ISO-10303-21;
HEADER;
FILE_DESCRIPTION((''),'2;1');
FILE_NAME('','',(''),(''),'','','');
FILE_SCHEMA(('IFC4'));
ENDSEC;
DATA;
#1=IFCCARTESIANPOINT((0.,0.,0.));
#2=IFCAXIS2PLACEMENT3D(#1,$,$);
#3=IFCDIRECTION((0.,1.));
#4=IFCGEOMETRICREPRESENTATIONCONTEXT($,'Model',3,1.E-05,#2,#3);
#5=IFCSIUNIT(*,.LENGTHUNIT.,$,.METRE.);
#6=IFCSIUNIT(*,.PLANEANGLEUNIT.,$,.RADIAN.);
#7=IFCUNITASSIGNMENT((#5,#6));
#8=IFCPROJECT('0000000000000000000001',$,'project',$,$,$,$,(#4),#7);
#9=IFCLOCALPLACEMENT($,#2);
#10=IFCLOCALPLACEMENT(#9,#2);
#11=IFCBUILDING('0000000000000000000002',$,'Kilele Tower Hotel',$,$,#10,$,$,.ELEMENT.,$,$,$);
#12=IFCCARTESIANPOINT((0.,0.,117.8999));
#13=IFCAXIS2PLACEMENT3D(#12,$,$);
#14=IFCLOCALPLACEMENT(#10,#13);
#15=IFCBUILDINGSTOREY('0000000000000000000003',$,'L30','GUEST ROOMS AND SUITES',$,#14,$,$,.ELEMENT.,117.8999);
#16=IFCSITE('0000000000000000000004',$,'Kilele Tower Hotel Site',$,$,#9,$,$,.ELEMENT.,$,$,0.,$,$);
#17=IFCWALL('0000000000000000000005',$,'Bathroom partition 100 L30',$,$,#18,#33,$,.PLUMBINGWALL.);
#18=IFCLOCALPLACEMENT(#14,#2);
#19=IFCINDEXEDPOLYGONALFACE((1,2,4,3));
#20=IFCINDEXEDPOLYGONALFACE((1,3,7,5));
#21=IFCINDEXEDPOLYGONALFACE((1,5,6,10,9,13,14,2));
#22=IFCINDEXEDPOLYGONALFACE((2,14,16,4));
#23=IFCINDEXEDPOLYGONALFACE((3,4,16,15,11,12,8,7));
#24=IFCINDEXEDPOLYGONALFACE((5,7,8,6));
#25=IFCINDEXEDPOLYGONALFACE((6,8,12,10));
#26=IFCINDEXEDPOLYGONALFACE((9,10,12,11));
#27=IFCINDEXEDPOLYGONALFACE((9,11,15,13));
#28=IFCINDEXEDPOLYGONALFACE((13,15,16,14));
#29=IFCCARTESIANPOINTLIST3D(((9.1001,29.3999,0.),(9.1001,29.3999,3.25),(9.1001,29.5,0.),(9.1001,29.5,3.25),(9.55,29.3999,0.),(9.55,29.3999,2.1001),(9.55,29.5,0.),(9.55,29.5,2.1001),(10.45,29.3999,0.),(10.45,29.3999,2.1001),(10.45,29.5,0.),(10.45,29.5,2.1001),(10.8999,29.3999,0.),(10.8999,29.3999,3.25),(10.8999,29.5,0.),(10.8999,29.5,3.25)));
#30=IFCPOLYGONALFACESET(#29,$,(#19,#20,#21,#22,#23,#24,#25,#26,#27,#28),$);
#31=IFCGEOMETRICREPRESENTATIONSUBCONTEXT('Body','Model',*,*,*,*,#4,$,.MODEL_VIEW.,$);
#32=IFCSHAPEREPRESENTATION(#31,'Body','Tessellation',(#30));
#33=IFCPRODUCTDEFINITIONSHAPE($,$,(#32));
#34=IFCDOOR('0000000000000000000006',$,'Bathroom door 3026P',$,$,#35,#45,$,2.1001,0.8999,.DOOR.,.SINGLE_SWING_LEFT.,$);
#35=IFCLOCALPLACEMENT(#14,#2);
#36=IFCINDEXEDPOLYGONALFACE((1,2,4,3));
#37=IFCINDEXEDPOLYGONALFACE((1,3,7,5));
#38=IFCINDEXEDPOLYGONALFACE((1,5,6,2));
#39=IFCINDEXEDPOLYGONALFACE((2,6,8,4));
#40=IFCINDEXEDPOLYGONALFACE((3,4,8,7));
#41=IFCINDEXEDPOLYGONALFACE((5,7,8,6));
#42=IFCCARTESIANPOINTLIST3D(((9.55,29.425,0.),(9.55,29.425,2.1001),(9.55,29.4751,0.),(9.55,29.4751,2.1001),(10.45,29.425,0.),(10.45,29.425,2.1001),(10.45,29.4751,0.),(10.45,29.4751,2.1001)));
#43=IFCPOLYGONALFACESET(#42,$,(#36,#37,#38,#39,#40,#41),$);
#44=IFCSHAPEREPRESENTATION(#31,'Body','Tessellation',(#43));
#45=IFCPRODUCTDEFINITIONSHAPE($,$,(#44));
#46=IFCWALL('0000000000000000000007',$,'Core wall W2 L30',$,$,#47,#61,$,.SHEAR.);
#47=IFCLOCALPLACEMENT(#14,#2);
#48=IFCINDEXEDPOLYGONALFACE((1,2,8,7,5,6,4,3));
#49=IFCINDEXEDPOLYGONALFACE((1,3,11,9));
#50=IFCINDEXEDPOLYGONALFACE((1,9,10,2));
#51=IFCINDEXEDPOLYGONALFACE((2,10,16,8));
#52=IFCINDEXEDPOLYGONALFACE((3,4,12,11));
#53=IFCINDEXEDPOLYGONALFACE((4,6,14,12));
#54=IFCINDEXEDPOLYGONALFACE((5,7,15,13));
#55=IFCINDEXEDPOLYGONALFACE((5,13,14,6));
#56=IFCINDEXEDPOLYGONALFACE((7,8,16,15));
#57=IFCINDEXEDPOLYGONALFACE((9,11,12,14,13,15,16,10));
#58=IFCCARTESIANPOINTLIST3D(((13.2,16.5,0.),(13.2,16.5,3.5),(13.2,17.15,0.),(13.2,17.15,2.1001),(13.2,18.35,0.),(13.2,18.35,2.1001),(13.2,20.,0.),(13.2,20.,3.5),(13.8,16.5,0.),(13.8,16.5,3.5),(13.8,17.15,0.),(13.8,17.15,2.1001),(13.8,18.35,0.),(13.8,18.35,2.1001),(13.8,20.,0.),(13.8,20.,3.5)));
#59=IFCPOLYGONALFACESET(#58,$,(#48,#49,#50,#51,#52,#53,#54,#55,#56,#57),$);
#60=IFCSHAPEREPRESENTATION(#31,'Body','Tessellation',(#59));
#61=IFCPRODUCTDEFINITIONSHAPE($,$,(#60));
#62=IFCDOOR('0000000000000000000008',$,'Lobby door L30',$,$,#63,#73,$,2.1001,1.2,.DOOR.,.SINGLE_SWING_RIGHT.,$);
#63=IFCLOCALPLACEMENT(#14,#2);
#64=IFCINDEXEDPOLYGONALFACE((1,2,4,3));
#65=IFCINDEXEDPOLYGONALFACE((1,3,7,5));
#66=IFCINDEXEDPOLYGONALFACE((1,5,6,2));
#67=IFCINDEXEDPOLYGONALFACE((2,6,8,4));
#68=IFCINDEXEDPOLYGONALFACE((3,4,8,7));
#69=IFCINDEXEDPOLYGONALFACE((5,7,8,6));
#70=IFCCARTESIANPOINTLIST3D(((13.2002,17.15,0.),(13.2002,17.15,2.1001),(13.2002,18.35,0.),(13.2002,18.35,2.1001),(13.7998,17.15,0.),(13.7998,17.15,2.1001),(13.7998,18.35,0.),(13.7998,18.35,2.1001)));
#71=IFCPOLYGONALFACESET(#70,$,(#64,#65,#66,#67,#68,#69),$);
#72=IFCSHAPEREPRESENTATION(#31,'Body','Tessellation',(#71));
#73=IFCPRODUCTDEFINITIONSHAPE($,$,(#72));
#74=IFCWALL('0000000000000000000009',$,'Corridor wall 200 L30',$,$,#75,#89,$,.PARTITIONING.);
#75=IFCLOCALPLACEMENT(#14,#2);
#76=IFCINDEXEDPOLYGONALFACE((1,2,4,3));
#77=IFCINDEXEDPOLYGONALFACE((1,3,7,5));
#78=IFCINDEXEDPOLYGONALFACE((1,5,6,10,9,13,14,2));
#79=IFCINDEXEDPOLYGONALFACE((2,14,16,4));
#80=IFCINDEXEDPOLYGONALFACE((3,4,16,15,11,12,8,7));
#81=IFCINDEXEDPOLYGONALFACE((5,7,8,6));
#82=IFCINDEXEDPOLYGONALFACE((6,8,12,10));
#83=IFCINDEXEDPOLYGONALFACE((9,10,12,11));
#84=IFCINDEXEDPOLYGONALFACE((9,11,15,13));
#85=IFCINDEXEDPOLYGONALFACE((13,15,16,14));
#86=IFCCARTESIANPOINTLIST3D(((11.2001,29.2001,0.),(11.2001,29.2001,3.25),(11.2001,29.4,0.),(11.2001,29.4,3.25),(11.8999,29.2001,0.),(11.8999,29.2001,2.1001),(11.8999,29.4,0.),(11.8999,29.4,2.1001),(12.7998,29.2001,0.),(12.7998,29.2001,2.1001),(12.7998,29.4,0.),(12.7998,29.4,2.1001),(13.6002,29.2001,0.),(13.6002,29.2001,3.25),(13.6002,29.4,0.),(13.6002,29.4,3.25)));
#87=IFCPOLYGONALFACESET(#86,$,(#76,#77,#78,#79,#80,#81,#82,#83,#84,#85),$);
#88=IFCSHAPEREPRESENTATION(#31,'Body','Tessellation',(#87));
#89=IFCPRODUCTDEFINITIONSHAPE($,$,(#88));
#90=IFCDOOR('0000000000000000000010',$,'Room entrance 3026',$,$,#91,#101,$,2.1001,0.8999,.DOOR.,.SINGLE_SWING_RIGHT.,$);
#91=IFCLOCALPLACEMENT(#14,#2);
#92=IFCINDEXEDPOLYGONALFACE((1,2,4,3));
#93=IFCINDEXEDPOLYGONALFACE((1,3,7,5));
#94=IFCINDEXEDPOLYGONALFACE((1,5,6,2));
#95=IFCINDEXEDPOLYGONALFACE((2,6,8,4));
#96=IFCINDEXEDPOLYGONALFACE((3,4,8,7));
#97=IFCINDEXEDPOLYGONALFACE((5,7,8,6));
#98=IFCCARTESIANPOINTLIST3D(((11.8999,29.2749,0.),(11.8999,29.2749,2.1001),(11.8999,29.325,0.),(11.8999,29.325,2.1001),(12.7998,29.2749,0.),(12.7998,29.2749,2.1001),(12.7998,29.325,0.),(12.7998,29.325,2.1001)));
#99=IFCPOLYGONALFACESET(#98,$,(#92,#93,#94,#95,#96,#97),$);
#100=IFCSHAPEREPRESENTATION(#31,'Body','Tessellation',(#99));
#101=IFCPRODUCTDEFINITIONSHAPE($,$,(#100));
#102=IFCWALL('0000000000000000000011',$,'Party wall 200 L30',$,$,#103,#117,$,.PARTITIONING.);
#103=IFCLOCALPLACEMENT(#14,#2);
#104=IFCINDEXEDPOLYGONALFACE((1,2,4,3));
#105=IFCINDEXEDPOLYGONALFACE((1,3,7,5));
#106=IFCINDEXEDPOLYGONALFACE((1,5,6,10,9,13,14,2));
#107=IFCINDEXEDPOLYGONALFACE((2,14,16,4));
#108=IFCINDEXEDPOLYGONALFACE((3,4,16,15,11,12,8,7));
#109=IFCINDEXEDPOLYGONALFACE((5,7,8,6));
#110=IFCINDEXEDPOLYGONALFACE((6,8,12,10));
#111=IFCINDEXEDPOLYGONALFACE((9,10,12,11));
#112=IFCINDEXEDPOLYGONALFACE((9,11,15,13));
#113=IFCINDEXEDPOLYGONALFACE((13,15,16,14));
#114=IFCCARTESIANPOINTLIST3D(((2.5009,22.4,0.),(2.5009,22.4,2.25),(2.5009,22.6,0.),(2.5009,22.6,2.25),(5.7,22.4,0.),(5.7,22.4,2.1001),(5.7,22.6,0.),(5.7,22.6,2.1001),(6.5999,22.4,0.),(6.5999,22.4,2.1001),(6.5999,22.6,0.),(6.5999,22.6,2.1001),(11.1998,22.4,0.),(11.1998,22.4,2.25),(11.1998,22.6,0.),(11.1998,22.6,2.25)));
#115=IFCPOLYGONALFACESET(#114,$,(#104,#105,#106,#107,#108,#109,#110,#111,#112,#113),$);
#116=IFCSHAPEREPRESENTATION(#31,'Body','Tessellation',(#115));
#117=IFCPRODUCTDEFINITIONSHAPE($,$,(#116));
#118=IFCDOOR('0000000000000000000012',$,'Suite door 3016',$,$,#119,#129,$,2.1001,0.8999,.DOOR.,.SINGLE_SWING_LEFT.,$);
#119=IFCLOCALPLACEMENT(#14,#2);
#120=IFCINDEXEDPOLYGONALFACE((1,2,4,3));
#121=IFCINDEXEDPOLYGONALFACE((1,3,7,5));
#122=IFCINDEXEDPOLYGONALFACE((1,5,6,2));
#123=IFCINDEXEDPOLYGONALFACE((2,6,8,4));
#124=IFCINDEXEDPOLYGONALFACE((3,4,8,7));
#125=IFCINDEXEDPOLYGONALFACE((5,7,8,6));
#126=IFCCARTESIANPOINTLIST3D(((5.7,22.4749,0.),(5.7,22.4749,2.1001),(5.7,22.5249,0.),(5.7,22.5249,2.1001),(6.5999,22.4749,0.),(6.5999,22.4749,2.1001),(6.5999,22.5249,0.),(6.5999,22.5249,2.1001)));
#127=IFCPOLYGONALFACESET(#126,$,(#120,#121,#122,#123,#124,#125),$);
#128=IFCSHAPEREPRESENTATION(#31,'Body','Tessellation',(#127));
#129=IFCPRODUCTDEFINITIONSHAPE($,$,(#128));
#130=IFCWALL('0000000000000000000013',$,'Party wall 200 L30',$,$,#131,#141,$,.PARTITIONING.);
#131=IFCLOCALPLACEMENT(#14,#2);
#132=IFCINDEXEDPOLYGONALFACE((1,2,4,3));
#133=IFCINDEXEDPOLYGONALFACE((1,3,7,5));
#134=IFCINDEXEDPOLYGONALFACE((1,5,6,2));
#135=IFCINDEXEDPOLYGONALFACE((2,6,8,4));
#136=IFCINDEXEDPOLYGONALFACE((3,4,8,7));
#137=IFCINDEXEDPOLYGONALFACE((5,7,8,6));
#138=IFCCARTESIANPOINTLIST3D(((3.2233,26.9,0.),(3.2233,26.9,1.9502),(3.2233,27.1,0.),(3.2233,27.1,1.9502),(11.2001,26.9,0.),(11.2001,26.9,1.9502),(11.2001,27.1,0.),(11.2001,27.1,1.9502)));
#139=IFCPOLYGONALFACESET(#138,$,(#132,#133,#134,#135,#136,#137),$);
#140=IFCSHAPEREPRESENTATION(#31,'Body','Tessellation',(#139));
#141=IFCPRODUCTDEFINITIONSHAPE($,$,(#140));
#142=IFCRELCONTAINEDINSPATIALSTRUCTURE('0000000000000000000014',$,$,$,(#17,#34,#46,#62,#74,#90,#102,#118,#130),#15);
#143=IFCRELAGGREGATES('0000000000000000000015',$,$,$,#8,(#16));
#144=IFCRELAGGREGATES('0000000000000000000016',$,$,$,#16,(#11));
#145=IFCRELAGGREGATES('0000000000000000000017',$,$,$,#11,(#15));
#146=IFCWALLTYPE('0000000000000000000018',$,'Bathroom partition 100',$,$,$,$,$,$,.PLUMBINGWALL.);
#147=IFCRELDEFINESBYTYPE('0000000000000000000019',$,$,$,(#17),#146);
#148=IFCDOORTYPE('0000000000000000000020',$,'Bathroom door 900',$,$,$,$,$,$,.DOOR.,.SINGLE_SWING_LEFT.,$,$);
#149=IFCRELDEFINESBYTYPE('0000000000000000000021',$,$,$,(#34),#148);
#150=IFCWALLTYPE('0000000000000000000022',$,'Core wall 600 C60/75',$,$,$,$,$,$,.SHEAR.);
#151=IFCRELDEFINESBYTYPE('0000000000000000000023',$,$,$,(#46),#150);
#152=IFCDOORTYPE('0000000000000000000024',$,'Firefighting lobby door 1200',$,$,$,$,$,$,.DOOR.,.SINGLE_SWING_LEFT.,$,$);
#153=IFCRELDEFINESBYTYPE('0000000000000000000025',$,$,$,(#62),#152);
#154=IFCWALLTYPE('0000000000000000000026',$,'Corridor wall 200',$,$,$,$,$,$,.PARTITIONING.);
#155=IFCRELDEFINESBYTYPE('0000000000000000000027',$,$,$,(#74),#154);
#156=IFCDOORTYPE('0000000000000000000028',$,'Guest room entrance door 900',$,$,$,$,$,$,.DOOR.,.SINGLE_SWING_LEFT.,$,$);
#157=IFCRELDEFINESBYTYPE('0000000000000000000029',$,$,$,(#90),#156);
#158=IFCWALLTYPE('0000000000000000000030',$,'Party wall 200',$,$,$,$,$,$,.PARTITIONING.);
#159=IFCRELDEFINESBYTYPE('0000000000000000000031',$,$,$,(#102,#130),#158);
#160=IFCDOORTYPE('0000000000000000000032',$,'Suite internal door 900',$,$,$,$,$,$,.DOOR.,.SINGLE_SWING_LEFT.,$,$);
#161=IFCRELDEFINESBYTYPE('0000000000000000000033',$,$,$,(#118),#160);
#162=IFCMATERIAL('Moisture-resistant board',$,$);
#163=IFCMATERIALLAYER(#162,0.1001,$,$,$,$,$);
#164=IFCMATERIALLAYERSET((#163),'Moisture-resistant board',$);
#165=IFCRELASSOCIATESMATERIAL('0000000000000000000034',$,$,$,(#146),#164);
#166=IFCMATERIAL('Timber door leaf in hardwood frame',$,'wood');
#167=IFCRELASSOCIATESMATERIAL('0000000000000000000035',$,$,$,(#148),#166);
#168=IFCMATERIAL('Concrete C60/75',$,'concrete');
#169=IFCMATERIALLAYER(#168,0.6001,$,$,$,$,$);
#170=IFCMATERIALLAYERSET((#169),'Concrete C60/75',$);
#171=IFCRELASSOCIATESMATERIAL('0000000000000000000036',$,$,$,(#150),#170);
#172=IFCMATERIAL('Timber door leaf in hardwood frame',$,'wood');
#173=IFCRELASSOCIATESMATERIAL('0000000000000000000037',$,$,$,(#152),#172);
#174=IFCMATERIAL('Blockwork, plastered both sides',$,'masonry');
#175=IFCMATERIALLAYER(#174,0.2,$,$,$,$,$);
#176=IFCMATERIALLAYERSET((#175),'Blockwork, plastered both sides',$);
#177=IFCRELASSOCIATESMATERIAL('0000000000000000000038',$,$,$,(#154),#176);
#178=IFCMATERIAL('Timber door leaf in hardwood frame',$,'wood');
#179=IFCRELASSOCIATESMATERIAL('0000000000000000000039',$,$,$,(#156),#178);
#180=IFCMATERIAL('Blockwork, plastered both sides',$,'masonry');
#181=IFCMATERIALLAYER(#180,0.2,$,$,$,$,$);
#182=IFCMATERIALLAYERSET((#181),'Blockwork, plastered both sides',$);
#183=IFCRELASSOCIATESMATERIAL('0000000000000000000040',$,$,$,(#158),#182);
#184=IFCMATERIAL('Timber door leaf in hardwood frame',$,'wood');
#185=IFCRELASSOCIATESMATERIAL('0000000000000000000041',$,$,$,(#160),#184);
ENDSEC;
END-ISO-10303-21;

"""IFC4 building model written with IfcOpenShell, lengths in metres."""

from ifc_helpers import new_model, si_unit, direction, frame, frame_2d, origin, place, context, subcontext, project, spatial, rectangle, extrude, material, layer, layer_set, type_object, element, fill, save


model = new_model("IFC4")

# Units and contexts
model_context = context("Model", 3, precision=1e-05, world=origin(), true_north=direction((0.0, 1.0)))
body_context = subcontext(model_context, "Body", "Model", "MODEL_VIEW")
ifc_project = project(units=[si_unit("LENGTHUNIT", "METRE"), si_unit("PLANEANGLEUNIT", "RADIAN")], contexts=[model_context])

# Site, building, storey
site_placement = place(None, origin())
site = spatial("IfcSite", under=ifc_project, at=site_placement, Name="Kilele Tower Hotel Site", CompositionType="ELEMENT", RefElevation=0.0)
building_placement = place(site_placement, origin())
building = spatial("IfcBuilding", under=site, at=building_placement, Name="Kilele Tower Hotel", CompositionType="ELEMENT")
storey_placement = place(building_placement, frame((0.0, 0.0, 117.8999)))
storey = spatial("IfcBuildingStorey", under=building, at=storey_placement, Name="L30", Description="GUEST ROOMS AND SUITES", CompositionType="ELEMENT", Elevation=117.8999)

# Shared definitions
ifc_material_1 = material(Name="Moisture-resistant board")
ifc_layer_1 = layer(ifc_material_1, 0.1001)
ifc_layer_set_1 = layer_set([ifc_layer_1], Name="Moisture-resistant board")
wall_type_1 = type_object("IfcWallType", Name="Bathroom partition 100", PredefinedType="PLUMBINGWALL", material=ifc_layer_set_1)
ifc_material_2 = material(Name="Timber door leaf in hardwood frame", Category="wood")
door_type_1 = type_object("IfcDoorType", Name="Bathroom door 900", OperationType="SINGLE_SWING_LEFT", PredefinedType="DOOR", material=ifc_material_2)

# Walls, openings, doors
wall_1_placement = place(storey_placement, frame((10.8999, 29.45, 0.0), z_axis=(0.0, 0.0, 1.0), x_axis=(-1.0, 0.0, 0.0)))
wall_1 = element("IfcWall", 1, at=wall_1_placement, inside=storey, type_object=wall_type_1, Name="Bathroom partition 100 L30", PredefinedType="PLUMBINGWALL", context=body_context, shape_type="SweptSolid", body=[
    extrude(rectangle(XDim=1.7998, YDim=0.1001, at=frame_2d((0.8999, 0.0))), origin(), (0.0, 0.0, 1.0), 3.25),
])
opening_1_placement = place(wall_1_placement, frame((0.45, 0.0, 0.0)))
opening_1 = element("IfcOpeningElement", 2, at=opening_1_placement, cuts=wall_1, PredefinedType="OPENING", context=body_context, shape_type="SweptSolid", body=[
    extrude(rectangle(XDim=0.8999, YDim=2.1001, at=frame_2d((0.45, 1.05))), frame((0.0, 0.0601, 0.0), z_axis=(0.0, -1.0, 0.0), x_axis=(1.0, 0.0, 0.0)), (0.0, 0.0, 1.0), 0.1201),
])
door_1_placement = place(opening_1_placement, origin())
door_1 = element("IfcDoor", 3, at=door_1_placement, inside=storey, type_object=door_type_1, Name="Bathroom door 3026P", OperationType="SINGLE_SWING_LEFT", OverallHeight=2.1001, OverallWidth=0.8999, PredefinedType="DOOR", context=body_context, shape_type="SweptSolid", body=[
    extrude(rectangle(XDim=0.8999, YDim=2.1001, at=frame_2d((0.45, 1.05))), frame((0.0, 0.0249, 0.0), z_axis=(0.0, -1.0, 0.0), x_axis=(1.0, 0.0, 0.0)), (0.0, 0.0, 1.0), 0.05),
])
fill(opening_1, door_1)
ifc_material_3 = material(Name="Concrete C60/75", Category="concrete")
ifc_layer_2 = layer(ifc_material_3, 0.6001)
ifc_layer_set_2 = layer_set([ifc_layer_2], Name="Concrete C60/75")
wall_type_2 = type_object("IfcWallType", Name="Core wall 600 C60/75", PredefinedType="SHEAR", material=ifc_layer_set_2)
wall_2_placement = place(storey_placement, frame((13.5, 20.0, 0.0), z_axis=(0.0, 0.0, 1.0), x_axis=(0.0, -1.0, 0.0)))
wall_2 = element("IfcWall", 4, at=wall_2_placement, inside=storey, type_object=wall_type_2, Name="Core wall W2 L30", PredefinedType="SHEAR", context=body_context, shape_type="SweptSolid", body=[
    extrude(rectangle(XDim=3.5, YDim=0.6001, at=frame_2d((1.75, 0.0))), origin(), (0.0, 0.0, 1.0), 3.5),
])
opening_2_placement = place(wall_2_placement, frame((1.6499, 0.0, 0.0)))
opening_2 = element("IfcOpeningElement", 5, at=opening_2_placement, cuts=wall_2, PredefinedType="OPENING", context=body_context, shape_type="SweptSolid", body=[
    extrude(rectangle(XDim=1.2, YDim=2.1001, at=frame_2d((0.6001, 1.05))), frame((0.0, 0.3101, 0.0), z_axis=(0.0, -1.0, 0.0), x_axis=(1.0, 0.0, 0.0)), (0.0, 0.0, 1.0), 0.6201),
])
ifc_material_4 = material(Name="Timber door leaf in hardwood frame", Category="wood")
door_type_2 = type_object("IfcDoorType", Name="Firefighting lobby door 1200", OperationType="SINGLE_SWING_LEFT", PredefinedType="DOOR", material=ifc_material_4)
door_2_placement = place(opening_2_placement, origin())
door_2 = element("IfcDoor", 6, at=door_2_placement, inside=storey, type_object=door_type_2, Name="Lobby door L30", OperationType="SINGLE_SWING_RIGHT", OverallHeight=2.1001, OverallWidth=1.2, PredefinedType="DOOR", context=body_context, shape_type="SweptSolid", body=[
    extrude(rectangle(XDim=1.2, YDim=2.1001, at=frame_2d((0.6001, 1.05))), frame((0.0, 0.2998, 0.0), z_axis=(0.0, -1.0, 0.0), x_axis=(1.0, 0.0, 0.0)), (0.0, 0.0, 1.0), 0.5996),
])
fill(opening_2, door_2)
ifc_material_5 = material(Name="Blockwork, plastered both sides", Category="masonry")
ifc_layer_3 = layer(ifc_material_5, 0.2)
ifc_layer_set_3 = layer_set([ifc_layer_3], Name="Blockwork, plastered both sides")
wall_type_3 = type_object("IfcWallType", Name="Corridor wall 200", PredefinedType="PARTITIONING", material=ifc_layer_set_3)
wall_3_placement = place(storey_placement, frame((11.2, 29.3, 0.0), z_axis=(0.0, 0.0, 1.0), x_axis=(1.0, 0.0, 0.0)))
wall_3 = element("IfcWall", 7, at=wall_3_placement, inside=storey, type_object=wall_type_3, Name="Corridor wall 200 L30", PredefinedType="PARTITIONING", context=body_context, shape_type="SweptSolid", body=[
    extrude(rectangle(XDim=2.4001, YDim=0.2, at=frame_2d((1.2002, 0.0))), origin(), (0.0, 0.0, 1.0), 3.25),
])
opening_3_placement = place(wall_3_placement, frame((0.7, 0.0, 0.0)))
opening_3 = element("IfcOpeningElement", 8, at=opening_3_placement, cuts=wall_3, PredefinedType="OPENING", context=body_context, shape_type="SweptSolid", body=[
    extrude(rectangle(XDim=0.8999, YDim=2.1001, at=frame_2d((0.45, 1.05))), frame((0.0, 0.1099, 0.0), z_axis=(0.0, -1.0, 0.0), x_axis=(1.0, 0.0, 0.0)), (0.0, 0.0, 1.0), 0.22),
])
ifc_material_6 = material(Name="Timber door leaf in hardwood frame", Category="wood")
door_type_3 = type_object("IfcDoorType", Name="Guest room entrance door 900", OperationType="SINGLE_SWING_LEFT", PredefinedType="DOOR", material=ifc_material_6)
door_3_placement = place(opening_3_placement, origin())
door_3 = element("IfcDoor", 9, at=door_3_placement, inside=storey, type_object=door_type_3, Name="Room entrance 3026", OperationType="SINGLE_SWING_RIGHT", OverallHeight=2.1001, OverallWidth=0.8999, PredefinedType="DOOR", context=body_context, shape_type="SweptSolid", body=[
    extrude(rectangle(XDim=0.8999, YDim=2.1001, at=frame_2d((0.45, 1.05))), frame((0.0, 0.0249, 0.0), z_axis=(0.0, -1.0, 0.0), x_axis=(1.0, 0.0, 0.0)), (0.0, 0.0, 1.0), 0.05),
])
fill(opening_3, door_3)
ifc_material_7 = material(Name="Blockwork, plastered both sides", Category="masonry")
ifc_layer_4 = layer(ifc_material_7, 0.2)
ifc_layer_set_4 = layer_set([ifc_layer_4], Name="Blockwork, plastered both sides")
wall_type_4 = type_object("IfcWallType", Name="Party wall 200", PredefinedType="PARTITIONING", material=ifc_layer_set_4)
wall_4_placement = place(storey_placement, frame((11.2, 22.5, 0.0), z_axis=(0.0, 0.0, 1.0), x_axis=(-1.0, 0.0, 0.0)))
wall_4 = element("IfcWall", 10, at=wall_4_placement, inside=storey, type_object=wall_type_4, Name="Party wall 200 L30", PredefinedType="PARTITIONING", context=body_context, shape_type="SweptSolid", body=[
    extrude(rectangle(XDim=8.699, YDim=0.2, at=frame_2d((4.3496, 0.0))), origin(), (0.0, 0.0, 1.0), 2.25),
])
opening_4_placement = place(wall_4_placement, frame((5.5, 0.0, 0.0), z_axis=(0.0, 0.0, 1.0), x_axis=(-1.0, 0.0, 0.0)))
opening_4 = element("IfcOpeningElement", 11, at=opening_4_placement, cuts=wall_4, PredefinedType="OPENING", context=body_context, shape_type="SweptSolid", body=[
    extrude(rectangle(XDim=0.8999, YDim=2.1001, at=frame_2d((0.45, 1.05))), frame((0.0, 0.1099, 0.0), z_axis=(0.0, -1.0, 0.0), x_axis=(1.0, 0.0, 0.0)), (0.0, 0.0, 1.0), 0.22),
])
ifc_material_8 = material(Name="Timber door leaf in hardwood frame", Category="wood")
door_type_4 = type_object("IfcDoorType", Name="Suite internal door 900", OperationType="SINGLE_SWING_LEFT", PredefinedType="DOOR", material=ifc_material_8)
door_4_placement = place(opening_4_placement, origin())
door_4 = element("IfcDoor", 12, at=door_4_placement, inside=storey, type_object=door_type_4, Name="Suite door 3016", OperationType="SINGLE_SWING_LEFT", OverallHeight=2.1001, OverallWidth=0.8999, PredefinedType="DOOR", context=body_context, shape_type="SweptSolid", body=[
    extrude(rectangle(XDim=0.8999, YDim=2.1001, at=frame_2d((0.45, 1.05))), frame((0.0, 0.0249, 0.0), z_axis=(0.0, -1.0, 0.0), x_axis=(1.0, 0.0, 0.0)), (0.0, 0.0, 1.0), 0.05),
])
fill(opening_4, door_4)

# Wall
wall_5_placement = place(storey_placement, frame((11.2, 27.0, 0.0), z_axis=(0.0, 0.0, 1.0), x_axis=(-1.0, 0.0, 0.0)))
element("IfcWall", 13, at=wall_5_placement, inside=storey, type_object=wall_type_4, Name="Party wall 200 L30", PredefinedType="PARTITIONING", context=body_context, shape_type="SweptSolid", body=[
    extrude(rectangle(XDim=7.9768, YDim=0.2, at=frame_2d((3.9883, 0.0))), origin(), (0.0, 0.0, 1.0), 1.9502),
])

save(model, "model.ifc")
